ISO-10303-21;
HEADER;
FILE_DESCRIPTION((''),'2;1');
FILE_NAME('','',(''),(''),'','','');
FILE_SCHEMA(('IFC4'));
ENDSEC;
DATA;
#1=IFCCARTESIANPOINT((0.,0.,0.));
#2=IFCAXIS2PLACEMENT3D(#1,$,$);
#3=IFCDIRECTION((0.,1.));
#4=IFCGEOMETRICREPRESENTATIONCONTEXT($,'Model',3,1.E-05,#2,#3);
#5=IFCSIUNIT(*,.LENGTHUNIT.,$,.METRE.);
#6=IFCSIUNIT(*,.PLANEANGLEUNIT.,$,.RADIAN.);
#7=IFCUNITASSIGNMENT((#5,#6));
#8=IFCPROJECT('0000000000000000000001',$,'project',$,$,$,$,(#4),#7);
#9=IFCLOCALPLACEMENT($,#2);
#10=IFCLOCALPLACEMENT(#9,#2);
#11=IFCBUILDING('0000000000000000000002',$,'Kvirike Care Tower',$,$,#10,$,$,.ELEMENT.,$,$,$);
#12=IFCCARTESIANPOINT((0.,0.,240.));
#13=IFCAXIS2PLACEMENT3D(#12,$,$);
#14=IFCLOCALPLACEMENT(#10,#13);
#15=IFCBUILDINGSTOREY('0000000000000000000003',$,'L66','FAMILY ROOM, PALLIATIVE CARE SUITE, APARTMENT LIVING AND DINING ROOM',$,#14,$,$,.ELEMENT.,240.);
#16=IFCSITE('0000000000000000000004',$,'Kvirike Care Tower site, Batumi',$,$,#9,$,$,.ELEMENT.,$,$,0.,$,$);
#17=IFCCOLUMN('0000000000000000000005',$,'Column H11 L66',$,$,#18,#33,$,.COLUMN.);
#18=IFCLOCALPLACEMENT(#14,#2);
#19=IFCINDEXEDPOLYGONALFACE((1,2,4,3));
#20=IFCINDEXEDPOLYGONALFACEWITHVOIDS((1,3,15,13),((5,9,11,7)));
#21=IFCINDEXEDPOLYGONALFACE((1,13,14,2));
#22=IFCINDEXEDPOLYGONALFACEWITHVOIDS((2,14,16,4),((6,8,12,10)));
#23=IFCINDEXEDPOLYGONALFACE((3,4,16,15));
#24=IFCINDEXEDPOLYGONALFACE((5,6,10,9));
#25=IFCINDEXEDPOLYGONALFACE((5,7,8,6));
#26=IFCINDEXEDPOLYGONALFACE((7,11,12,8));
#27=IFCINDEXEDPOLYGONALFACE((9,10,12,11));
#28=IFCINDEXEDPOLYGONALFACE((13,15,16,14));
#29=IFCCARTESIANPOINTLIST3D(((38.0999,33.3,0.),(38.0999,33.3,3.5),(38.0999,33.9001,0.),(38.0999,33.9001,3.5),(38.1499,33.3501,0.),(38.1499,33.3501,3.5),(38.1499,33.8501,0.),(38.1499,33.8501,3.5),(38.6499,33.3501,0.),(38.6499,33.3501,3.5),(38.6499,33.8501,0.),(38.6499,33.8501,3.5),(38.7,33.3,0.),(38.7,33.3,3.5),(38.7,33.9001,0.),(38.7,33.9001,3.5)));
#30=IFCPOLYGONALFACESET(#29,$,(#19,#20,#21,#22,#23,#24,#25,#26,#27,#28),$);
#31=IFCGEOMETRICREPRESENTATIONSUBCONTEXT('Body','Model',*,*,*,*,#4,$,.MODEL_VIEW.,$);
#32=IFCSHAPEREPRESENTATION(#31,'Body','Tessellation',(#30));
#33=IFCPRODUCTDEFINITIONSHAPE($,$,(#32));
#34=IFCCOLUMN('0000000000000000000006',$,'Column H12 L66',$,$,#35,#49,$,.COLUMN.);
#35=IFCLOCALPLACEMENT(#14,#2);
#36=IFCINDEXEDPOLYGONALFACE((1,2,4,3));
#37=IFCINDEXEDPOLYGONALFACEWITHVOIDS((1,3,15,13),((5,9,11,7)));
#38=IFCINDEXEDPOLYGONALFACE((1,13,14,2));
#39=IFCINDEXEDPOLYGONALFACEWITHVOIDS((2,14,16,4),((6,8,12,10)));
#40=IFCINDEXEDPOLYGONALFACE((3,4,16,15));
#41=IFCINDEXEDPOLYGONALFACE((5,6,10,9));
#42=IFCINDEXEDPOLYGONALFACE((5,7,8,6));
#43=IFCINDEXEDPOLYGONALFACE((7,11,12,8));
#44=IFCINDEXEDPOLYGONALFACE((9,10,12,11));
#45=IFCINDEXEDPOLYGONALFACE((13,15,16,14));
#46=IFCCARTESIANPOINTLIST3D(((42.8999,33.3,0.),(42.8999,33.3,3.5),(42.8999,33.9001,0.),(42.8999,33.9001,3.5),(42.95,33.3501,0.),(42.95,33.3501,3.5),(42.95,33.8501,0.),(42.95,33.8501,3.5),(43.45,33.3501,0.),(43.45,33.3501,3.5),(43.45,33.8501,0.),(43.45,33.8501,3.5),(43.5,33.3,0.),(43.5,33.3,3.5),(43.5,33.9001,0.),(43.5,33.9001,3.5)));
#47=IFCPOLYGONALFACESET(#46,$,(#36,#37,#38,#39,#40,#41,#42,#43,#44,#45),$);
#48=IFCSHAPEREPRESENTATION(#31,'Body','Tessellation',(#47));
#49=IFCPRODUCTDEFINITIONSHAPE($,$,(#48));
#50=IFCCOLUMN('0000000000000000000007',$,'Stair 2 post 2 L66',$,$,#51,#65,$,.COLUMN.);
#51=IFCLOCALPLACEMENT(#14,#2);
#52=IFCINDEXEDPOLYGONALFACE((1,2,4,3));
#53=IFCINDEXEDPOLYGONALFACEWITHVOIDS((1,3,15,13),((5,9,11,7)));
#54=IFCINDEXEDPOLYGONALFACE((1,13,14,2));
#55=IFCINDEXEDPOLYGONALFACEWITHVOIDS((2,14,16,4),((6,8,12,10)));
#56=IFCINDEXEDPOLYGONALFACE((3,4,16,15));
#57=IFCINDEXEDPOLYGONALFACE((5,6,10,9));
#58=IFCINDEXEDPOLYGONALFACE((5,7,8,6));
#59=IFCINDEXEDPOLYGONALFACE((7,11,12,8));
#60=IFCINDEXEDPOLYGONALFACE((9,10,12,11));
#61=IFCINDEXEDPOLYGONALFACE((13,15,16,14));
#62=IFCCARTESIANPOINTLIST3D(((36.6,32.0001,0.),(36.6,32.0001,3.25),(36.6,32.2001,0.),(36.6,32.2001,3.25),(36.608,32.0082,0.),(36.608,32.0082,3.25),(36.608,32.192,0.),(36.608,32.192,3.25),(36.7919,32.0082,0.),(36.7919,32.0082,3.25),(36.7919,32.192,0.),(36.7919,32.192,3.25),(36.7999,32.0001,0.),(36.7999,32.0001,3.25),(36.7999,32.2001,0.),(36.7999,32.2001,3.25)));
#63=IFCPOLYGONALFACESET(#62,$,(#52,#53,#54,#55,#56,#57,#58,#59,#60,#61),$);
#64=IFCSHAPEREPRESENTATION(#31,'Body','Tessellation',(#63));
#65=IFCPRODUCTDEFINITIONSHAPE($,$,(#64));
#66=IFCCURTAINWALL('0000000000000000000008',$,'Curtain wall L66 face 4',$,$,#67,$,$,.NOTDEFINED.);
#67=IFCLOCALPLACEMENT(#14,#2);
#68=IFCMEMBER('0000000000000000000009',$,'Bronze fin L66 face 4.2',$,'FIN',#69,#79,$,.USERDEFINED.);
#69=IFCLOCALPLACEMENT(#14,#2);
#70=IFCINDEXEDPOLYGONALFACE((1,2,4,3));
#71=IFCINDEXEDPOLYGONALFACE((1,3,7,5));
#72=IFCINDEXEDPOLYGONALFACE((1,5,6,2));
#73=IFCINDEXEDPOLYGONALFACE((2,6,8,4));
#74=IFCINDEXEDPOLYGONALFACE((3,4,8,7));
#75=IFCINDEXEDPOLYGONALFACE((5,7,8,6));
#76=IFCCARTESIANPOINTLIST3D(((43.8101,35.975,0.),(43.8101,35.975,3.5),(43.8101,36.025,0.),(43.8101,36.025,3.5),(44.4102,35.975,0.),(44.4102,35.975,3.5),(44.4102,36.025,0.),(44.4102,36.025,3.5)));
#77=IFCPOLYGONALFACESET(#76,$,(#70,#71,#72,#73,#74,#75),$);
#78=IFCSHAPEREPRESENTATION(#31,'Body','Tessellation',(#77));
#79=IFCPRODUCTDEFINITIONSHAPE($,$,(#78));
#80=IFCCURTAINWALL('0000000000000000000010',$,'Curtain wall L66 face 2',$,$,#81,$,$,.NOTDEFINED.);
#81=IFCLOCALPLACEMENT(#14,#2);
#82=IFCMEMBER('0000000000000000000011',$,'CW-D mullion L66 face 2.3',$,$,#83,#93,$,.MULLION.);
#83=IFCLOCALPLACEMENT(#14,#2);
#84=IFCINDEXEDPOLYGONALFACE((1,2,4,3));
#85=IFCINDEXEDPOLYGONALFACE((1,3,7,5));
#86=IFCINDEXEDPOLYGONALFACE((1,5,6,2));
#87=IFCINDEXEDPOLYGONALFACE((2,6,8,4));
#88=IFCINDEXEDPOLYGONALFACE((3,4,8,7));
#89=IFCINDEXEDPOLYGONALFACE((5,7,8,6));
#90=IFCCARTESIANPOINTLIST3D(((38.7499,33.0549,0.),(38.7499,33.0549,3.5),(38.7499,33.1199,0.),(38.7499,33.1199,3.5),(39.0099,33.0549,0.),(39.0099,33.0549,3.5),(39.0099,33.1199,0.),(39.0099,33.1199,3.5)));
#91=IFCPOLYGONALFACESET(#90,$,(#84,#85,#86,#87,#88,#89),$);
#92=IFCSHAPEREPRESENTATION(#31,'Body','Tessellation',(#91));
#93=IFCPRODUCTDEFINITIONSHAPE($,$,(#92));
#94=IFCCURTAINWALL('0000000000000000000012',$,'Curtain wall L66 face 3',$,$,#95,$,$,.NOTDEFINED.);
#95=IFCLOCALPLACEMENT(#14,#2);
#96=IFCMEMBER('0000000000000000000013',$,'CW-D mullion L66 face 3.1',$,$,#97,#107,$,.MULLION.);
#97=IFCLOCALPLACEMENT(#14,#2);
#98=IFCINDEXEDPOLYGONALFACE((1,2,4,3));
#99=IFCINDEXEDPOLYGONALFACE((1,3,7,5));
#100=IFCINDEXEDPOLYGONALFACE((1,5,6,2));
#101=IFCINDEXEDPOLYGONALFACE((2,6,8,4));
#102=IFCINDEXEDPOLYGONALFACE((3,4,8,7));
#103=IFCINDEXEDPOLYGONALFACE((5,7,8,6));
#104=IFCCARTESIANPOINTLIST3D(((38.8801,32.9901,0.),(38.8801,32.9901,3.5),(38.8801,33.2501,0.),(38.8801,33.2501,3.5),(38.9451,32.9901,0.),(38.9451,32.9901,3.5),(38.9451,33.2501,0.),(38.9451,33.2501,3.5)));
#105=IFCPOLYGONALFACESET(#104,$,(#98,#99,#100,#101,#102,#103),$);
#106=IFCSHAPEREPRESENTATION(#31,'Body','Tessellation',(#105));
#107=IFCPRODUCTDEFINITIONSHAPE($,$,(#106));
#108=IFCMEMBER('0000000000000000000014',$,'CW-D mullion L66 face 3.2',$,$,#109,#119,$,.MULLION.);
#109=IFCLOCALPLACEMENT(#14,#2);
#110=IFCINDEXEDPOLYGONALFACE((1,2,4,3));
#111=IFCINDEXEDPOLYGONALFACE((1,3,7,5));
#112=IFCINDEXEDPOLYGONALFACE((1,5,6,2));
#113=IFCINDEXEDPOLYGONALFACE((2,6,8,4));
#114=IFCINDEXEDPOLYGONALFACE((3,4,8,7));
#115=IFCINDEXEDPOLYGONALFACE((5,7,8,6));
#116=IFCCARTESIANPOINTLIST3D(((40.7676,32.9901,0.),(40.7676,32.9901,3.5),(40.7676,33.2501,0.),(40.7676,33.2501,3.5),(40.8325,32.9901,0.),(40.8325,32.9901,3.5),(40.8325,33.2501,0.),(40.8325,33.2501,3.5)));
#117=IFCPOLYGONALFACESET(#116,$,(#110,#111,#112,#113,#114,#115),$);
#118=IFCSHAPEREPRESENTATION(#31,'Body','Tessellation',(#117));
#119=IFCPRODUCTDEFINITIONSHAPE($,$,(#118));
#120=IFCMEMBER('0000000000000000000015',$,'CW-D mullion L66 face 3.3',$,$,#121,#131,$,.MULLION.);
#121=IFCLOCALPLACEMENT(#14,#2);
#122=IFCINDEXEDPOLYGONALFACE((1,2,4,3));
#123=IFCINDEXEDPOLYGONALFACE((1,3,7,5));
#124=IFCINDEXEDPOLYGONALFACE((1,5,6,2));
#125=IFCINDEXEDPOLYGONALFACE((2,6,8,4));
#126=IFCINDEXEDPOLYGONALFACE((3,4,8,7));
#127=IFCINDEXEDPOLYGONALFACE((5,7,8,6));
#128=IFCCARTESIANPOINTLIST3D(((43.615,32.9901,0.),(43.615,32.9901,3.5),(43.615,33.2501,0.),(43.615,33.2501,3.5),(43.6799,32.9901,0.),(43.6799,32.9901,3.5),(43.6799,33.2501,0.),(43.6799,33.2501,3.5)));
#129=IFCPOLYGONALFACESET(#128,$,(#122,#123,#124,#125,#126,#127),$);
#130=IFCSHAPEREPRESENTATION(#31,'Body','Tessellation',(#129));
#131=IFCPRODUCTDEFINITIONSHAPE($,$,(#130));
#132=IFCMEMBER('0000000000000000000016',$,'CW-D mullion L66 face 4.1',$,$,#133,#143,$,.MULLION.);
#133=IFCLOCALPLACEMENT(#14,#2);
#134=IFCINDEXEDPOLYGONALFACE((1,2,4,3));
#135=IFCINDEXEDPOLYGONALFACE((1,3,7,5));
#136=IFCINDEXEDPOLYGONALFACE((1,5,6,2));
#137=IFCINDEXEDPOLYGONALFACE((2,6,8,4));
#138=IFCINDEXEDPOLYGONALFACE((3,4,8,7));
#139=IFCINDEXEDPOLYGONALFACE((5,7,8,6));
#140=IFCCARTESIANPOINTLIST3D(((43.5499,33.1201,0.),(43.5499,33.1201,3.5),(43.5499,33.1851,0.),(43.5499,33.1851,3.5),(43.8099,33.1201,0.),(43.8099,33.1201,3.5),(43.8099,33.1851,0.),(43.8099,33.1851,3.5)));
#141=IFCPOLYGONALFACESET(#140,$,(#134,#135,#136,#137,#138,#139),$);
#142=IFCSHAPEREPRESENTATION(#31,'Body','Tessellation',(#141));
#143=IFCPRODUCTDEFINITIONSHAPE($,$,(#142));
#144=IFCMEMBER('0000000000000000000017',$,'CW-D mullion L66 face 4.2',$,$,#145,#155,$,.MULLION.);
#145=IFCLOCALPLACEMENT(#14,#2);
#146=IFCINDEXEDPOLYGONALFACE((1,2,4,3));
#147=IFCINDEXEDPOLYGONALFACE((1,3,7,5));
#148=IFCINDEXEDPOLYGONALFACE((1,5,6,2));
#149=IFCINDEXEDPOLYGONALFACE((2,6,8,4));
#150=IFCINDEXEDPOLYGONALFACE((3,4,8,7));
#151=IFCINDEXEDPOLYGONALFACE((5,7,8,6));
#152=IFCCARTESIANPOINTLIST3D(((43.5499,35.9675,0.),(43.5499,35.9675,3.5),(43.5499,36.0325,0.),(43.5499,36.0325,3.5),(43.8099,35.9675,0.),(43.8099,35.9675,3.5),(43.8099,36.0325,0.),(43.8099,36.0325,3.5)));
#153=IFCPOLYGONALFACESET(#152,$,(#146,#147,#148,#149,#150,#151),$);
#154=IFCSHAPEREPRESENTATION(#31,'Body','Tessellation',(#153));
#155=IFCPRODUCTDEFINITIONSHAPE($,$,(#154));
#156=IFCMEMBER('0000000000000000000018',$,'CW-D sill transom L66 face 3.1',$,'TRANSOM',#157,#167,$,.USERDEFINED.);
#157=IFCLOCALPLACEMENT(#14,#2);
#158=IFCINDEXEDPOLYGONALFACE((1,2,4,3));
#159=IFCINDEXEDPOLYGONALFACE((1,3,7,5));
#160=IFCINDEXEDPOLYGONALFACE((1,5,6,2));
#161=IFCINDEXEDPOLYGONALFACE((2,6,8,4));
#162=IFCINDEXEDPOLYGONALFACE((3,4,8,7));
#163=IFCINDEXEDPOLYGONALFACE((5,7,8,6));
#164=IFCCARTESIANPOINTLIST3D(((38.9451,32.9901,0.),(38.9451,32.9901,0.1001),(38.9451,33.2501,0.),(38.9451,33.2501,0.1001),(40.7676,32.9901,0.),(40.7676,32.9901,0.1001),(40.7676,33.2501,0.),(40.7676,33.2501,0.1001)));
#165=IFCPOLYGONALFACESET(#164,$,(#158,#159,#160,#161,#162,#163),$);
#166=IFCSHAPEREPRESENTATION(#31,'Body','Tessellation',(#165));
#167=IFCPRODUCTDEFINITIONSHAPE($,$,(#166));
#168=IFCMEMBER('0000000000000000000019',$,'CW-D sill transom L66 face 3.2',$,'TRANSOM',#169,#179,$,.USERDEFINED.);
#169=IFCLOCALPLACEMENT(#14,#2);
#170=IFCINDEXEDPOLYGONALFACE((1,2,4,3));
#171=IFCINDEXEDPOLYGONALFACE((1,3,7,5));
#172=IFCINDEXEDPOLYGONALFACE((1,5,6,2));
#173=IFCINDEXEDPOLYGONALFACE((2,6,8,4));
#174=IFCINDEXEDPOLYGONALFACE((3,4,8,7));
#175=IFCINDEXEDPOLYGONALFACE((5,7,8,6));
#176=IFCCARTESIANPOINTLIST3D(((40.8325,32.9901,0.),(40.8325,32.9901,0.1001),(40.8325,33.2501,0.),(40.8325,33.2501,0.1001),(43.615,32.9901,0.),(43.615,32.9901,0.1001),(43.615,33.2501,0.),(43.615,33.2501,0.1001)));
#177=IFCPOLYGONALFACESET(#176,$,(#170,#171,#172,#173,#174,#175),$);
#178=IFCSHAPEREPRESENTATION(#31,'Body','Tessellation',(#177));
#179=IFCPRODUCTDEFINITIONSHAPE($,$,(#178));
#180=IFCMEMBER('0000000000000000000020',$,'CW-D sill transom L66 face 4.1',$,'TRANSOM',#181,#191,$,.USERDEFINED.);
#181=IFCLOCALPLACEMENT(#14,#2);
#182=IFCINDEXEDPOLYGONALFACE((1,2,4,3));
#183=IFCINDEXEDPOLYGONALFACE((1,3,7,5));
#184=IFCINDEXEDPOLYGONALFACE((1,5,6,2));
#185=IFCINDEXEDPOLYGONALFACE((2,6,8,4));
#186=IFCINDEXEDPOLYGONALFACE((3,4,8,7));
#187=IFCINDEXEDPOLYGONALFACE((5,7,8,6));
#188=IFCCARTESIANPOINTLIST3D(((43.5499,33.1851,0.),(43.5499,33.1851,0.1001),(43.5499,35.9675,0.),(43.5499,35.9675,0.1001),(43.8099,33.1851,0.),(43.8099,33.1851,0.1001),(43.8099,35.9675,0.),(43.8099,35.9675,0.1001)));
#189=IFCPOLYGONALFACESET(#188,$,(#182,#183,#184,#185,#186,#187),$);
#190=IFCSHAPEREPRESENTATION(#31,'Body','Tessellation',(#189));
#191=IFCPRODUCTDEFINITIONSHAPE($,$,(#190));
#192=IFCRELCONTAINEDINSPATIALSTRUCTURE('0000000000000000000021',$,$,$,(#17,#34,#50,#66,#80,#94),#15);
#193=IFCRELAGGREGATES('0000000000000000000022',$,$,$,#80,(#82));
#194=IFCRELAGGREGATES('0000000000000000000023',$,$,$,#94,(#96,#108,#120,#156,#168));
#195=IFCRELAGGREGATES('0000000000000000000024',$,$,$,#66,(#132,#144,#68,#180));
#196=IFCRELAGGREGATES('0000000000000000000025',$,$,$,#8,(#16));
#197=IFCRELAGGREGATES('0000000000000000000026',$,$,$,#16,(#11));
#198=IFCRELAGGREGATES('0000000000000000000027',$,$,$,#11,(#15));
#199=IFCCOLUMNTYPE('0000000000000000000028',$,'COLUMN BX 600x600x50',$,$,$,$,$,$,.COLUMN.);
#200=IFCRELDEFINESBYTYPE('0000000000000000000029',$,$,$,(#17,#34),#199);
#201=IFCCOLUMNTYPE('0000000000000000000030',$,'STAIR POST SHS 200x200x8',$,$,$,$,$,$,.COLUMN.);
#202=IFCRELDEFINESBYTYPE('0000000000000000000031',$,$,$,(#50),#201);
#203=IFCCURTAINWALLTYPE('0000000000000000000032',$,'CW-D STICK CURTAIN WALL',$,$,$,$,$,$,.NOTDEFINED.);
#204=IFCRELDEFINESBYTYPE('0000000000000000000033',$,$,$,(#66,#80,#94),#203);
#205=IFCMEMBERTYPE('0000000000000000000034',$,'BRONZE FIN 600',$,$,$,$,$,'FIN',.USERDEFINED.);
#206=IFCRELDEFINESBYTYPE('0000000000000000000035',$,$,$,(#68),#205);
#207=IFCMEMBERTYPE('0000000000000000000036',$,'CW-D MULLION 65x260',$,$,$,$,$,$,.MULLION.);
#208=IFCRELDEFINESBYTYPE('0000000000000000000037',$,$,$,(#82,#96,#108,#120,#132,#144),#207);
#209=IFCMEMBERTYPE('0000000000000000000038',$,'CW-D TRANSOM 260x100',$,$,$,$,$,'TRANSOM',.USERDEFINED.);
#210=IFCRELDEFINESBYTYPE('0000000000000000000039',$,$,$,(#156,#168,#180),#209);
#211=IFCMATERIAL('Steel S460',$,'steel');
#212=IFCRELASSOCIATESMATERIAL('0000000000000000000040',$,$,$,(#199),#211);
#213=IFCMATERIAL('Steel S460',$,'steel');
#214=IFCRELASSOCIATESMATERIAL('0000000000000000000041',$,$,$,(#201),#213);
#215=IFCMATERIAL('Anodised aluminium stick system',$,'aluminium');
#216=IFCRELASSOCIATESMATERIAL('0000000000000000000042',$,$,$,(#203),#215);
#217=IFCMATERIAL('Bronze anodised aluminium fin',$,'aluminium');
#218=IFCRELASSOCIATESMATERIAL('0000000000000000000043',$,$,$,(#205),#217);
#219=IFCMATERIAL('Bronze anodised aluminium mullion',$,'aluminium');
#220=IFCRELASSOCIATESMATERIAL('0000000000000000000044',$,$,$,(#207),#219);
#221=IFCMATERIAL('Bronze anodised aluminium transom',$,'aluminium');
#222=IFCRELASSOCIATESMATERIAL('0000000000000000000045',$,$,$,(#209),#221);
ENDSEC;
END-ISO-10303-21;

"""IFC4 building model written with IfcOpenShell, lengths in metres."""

from ifc_helpers import new_model, si_unit, direction, frame, origin, origin_2d, place, context, subcontext, project, spatial, rectangle, hollow_rectangle, extrude, material, material_profile, profile_set, type_object, element, aggregate, save


model = new_model("IFC4")

# Units and contexts
model_context = context("Model", 3, precision=1e-05, world=origin(), true_north=direction((0.0, 1.0)))
body_context = subcontext(model_context, "Body", "Model", "MODEL_VIEW")
ifc_project = project(units=[si_unit("LENGTHUNIT", "METRE"), si_unit("PLANEANGLEUNIT", "RADIAN")], contexts=[model_context])

# Site, building, storey
site_placement = place(None, origin())
site = spatial("IfcSite", under=ifc_project, at=site_placement, Name="Kvirike Care Tower site, Batumi", CompositionType="ELEMENT", RefElevation=0.0)
building_placement = place(site_placement, origin())
building = spatial("IfcBuilding", under=site, at=building_placement, Name="Kvirike Care Tower", CompositionType="ELEMENT")
storey_placement = place(building_placement, frame((0.0, 0.0, 240.0)))
storey = spatial("IfcBuildingStorey", under=building, at=storey_placement, Name="L66", Description="FAMILY ROOM, PALLIATIVE CARE SUITE, APARTMENT LIVING AND DINING ROOM", CompositionType="ELEMENT", Elevation=240.0)

# Columns
ifc_material_1 = material(Name="Steel S460", Category="steel")
ifc_material_profile_1 = material_profile(ifc_material_1, hollow_rectangle(XDim=0.6001, YDim=0.6001, WallThickness=0.05, at=origin_2d()), Name="BX 600x600x50")
ifc_profile_set_1 = profile_set([ifc_material_profile_1], Name="Steel S460")
column_type_1 = type_object("IfcColumnType", Name="COLUMN BX 600x600x50", PredefinedType="COLUMN", material=ifc_profile_set_1)
for number, where, z_axis, x_axis, name in (
    (1, (38.3999, 33.6001, 0.0), (0.0, 0.0, 1.0), (0.0, 1.0, 0.0), "Column H11 L66"),
    (2, (43.2, 33.6001, 0.0), (0.0, 0.0, 1.0), (0.0, 1.0, 0.0), "Column H12 L66"),
):
    element("IfcColumn", number, at=place(storey_placement, frame(where, z_axis=z_axis, x_axis=x_axis)), inside=storey, type_object=column_type_1, Name=name, PredefinedType="COLUMN", context=body_context, shape_type="SweptSolid", body=[
        extrude(hollow_rectangle(XDim=0.6001, YDim=0.6001, WallThickness=0.05, at=origin_2d()), origin(), (0.0, 0.0, 1.0), 3.5),
    ])
ifc_material_2 = material(Name="Steel S460", Category="steel")
ifc_material_profile_2 = material_profile(ifc_material_2, hollow_rectangle(XDim=0.2, YDim=0.2, WallThickness=0.0081, at=origin_2d()), Name="SHS 200x200x8")
ifc_profile_set_2 = profile_set([ifc_material_profile_2], Name="Steel S460")
column_type_2 = type_object("IfcColumnType", Name="STAIR POST SHS 200x200x8", PredefinedType="COLUMN", material=ifc_profile_set_2)
column_placement = place(storey_placement, frame((36.7, 32.1001, 0.0), z_axis=(0.0, 0.0, 1.0), x_axis=(1.0, 0.0, 0.0)))
element("IfcColumn", 3, at=column_placement, inside=storey, type_object=column_type_2, Name="Stair 2 post 2 L66", PredefinedType="COLUMN", context=body_context, shape_type="SweptSolid", body=[
    extrude(hollow_rectangle(XDim=0.2, YDim=0.2, WallThickness=0.0081, at=origin_2d()), origin(), (0.0, 0.0, 1.0), 3.25),
])

# Curtain walls, members
ifc_material_3 = material(Name="Anodised aluminium stick system", Category="aluminium")
curtain_wall_type = type_object("IfcCurtainWallType", Name="CW-D STICK CURTAIN WALL", PredefinedType="NOTDEFINED", material=ifc_material_3)
curtain_wall_1_placement = place(storey_placement, origin())
curtain_wall_1 = element("IfcCurtainWall", 4, at=curtain_wall_1_placement, inside=storey, type_object=curtain_wall_type, Name="Curtain wall L66 face 4", PredefinedType="NOTDEFINED")
ifc_material_4 = material(Name="Bronze anodised aluminium fin", Category="aluminium")
ifc_material_profile_3 = material_profile(ifc_material_4, rectangle(XDim=0.05, YDim=0.6001, at=origin_2d()), Name="BRONZE FIN 600")
ifc_profile_set_3 = profile_set([ifc_material_profile_3], Name="Bronze anodised aluminium fin")
member_type_1 = type_object("IfcMemberType", Name="BRONZE FIN 600", ElementType="FIN", PredefinedType="USERDEFINED", material=ifc_profile_set_3)
member_1_placement = place(storey_placement, frame((44.1101, 36.0, 0.0), z_axis=(0.0, 0.0, 1.0), x_axis=(0.0, 1.0, 0.0)))
member_1 = element("IfcMember", 5, at=member_1_placement, type_object=member_type_1, Name="Bronze fin L66 face 4.2", ObjectType="FIN", PredefinedType="USERDEFINED", context=body_context, shape_type="SweptSolid", body=[
    extrude(rectangle(XDim=0.05, YDim=0.6001, at=origin_2d()), origin(), (0.0, 0.0, 1.0), 3.5),
])
curtain_wall_2_placement = place(storey_placement, origin())
curtain_wall_2 = element("IfcCurtainWall", 6, at=curtain_wall_2_placement, inside=storey, type_object=curtain_wall_type, Name="Curtain wall L66 face 2", PredefinedType="NOTDEFINED")
ifc_material_5 = material(Name="Bronze anodised aluminium mullion", Category="aluminium")
ifc_material_profile_4 = material_profile(ifc_material_5, rectangle(XDim=0.0649, YDim=0.26, at=origin_2d()), Name="CW-D MULLION 65x260")
ifc_profile_set_4 = profile_set([ifc_material_profile_4], Name="Bronze anodised aluminium mullion")
member_type_2 = type_object("IfcMemberType", Name="CW-D MULLION 65x260", PredefinedType="MULLION", material=ifc_profile_set_4)
member_2_placement = place(storey_placement, frame((38.8799, 33.0874, 0.0), z_axis=(0.0, 0.0, 1.0), x_axis=(0.0, 1.0, 0.0)))
member_2 = element("IfcMember", 7, at=member_2_placement, type_object=member_type_2, Name="CW-D mullion L66 face 2.3", PredefinedType="MULLION", context=body_context, shape_type="SweptSolid", body=[
    extrude(rectangle(XDim=0.0649, YDim=0.26, at=origin_2d()), origin(), (0.0, 0.0, 1.0), 3.5),
])

# Curtain wall, members
curtain_wall_3_placement = place(storey_placement, origin())
curtain_wall_3 = element("IfcCurtainWall", 8, at=curtain_wall_3_placement, inside=storey, type_object=curtain_wall_type, Name="Curtain wall L66 face 3", PredefinedType="NOTDEFINED")
member_3_placement = place(storey_placement, frame((38.9126, 33.1201, 0.0), z_axis=(0.0, 0.0, 1.0), x_axis=(1.0, 0.0, 0.0)))
member_3 = element("IfcMember", 9, at=member_3_placement, type_object=member_type_2, Name="CW-D mullion L66 face 3.1", PredefinedType="MULLION", context=body_context, shape_type="SweptSolid", body=[
    extrude(rectangle(XDim=0.0649, YDim=0.26, at=origin_2d()), origin(), (0.0, 0.0, 1.0), 3.5),
])
member_4_placement = place(storey_placement, frame((40.8, 33.1201, 0.0), z_axis=(0.0, 0.0, 1.0), x_axis=(1.0, 0.0, 0.0)))
member_4 = element("IfcMember", 10, at=member_4_placement, type_object=member_type_2, Name="CW-D mullion L66 face 3.2", PredefinedType="MULLION", context=body_context, shape_type="SweptSolid", body=[
    extrude(rectangle(XDim=0.0649, YDim=0.26, at=origin_2d()), origin(), (0.0, 0.0, 1.0), 3.5),
])
member_5_placement = place(storey_placement, frame((43.6475, 33.1201, 0.0), z_axis=(0.0, 0.0, 1.0), x_axis=(1.0, 0.0, 0.0)))
member_5 = element("IfcMember", 11, at=member_5_placement, type_object=member_type_2, Name="CW-D mullion L66 face 3.3", PredefinedType="MULLION", context=body_context, shape_type="SweptSolid", body=[
    extrude(rectangle(XDim=0.0649, YDim=0.26, at=origin_2d()), origin(), (0.0, 0.0, 1.0), 3.5),
])

# Members
member_6_placement = place(storey_placement, frame((43.6799, 33.1526, 0.0), z_axis=(0.0, 0.0, 1.0), x_axis=(0.0, 1.0, 0.0)))
member_6 = element("IfcMember", 12, at=member_6_placement, type_object=member_type_2, Name="CW-D mullion L66 face 4.1", PredefinedType="MULLION", context=body_context, shape_type="SweptSolid", body=[
    extrude(rectangle(XDim=0.0649, YDim=0.26, at=origin_2d()), origin(), (0.0, 0.0, 1.0), 3.5),
])
member_7_placement = place(storey_placement, frame((43.6799, 36.0, 0.0), z_axis=(0.0, 0.0, 1.0), x_axis=(0.0, 1.0, 0.0)))
member_7 = element("IfcMember", 13, at=member_7_placement, type_object=member_type_2, Name="CW-D mullion L66 face 4.2", PredefinedType="MULLION", context=body_context, shape_type="SweptSolid", body=[
    extrude(rectangle(XDim=0.0649, YDim=0.26, at=origin_2d()), origin(), (0.0, 0.0, 1.0), 3.5),
])
ifc_material_6 = material(Name="Bronze anodised aluminium transom", Category="aluminium")
ifc_material_profile_5 = material_profile(ifc_material_6, rectangle(XDim=0.26, YDim=0.1001, at=origin_2d()), Name="CW-D TRANSOM 260x100")
ifc_profile_set_5 = profile_set([ifc_material_profile_5], Name="Bronze anodised aluminium transom")
member_type_3 = type_object("IfcMemberType", Name="CW-D TRANSOM 260x100", ElementType="TRANSOM", PredefinedType="USERDEFINED", material=ifc_profile_set_5)
member_8_placement = place(storey_placement, frame((38.9451, 33.1201, 0.05), z_axis=(1.0, 0.0, 0.0), x_axis=(0.0, 1.0, 0.0)))
member_8 = element("IfcMember", 14, at=member_8_placement, type_object=member_type_3, Name="CW-D sill transom L66 face 3.1", ObjectType="TRANSOM", PredefinedType="USERDEFINED", context=body_context, shape_type="SweptSolid", body=[
    extrude(rectangle(XDim=0.26, YDim=0.1001, at=origin_2d()), origin(), (0.0, 0.0, 1.0), 1.8225),
])
member_9_placement = place(storey_placement, frame((40.8325, 33.1201, 0.05), z_axis=(1.0, 0.0, 0.0), x_axis=(0.0, 1.0, 0.0)))
member_9 = element("IfcMember", 15, at=member_9_placement, type_object=member_type_3, Name="CW-D sill transom L66 face 3.2", ObjectType="TRANSOM", PredefinedType="USERDEFINED", context=body_context, shape_type="SweptSolid", body=[
    extrude(rectangle(XDim=0.26, YDim=0.1001, at=origin_2d()), origin(), (0.0, 0.0, 1.0), 2.7825),
])
member_10_placement = place(storey_placement, frame((43.6799, 33.1851, 0.05), z_axis=(0.0, 1.0, 0.0), x_axis=(-1.0, 0.0, 0.0)))
member_10 = element("IfcMember", 16, at=member_10_placement, type_object=member_type_3, Name="CW-D sill transom L66 face 4.1", ObjectType="TRANSOM", PredefinedType="USERDEFINED", context=body_context, shape_type="SweptSolid", body=[
    extrude(rectangle(XDim=0.26, YDim=0.1001, at=origin_2d()), origin(), (0.0, 0.0, 1.0), 2.7825),
])

aggregate(curtain_wall_2, [member_2])
aggregate(curtain_wall_3, [member_3, member_4, member_5, member_8, member_9])
aggregate(curtain_wall_1, [member_6, member_7, member_1, member_10])

save(model, "model.ifc")
